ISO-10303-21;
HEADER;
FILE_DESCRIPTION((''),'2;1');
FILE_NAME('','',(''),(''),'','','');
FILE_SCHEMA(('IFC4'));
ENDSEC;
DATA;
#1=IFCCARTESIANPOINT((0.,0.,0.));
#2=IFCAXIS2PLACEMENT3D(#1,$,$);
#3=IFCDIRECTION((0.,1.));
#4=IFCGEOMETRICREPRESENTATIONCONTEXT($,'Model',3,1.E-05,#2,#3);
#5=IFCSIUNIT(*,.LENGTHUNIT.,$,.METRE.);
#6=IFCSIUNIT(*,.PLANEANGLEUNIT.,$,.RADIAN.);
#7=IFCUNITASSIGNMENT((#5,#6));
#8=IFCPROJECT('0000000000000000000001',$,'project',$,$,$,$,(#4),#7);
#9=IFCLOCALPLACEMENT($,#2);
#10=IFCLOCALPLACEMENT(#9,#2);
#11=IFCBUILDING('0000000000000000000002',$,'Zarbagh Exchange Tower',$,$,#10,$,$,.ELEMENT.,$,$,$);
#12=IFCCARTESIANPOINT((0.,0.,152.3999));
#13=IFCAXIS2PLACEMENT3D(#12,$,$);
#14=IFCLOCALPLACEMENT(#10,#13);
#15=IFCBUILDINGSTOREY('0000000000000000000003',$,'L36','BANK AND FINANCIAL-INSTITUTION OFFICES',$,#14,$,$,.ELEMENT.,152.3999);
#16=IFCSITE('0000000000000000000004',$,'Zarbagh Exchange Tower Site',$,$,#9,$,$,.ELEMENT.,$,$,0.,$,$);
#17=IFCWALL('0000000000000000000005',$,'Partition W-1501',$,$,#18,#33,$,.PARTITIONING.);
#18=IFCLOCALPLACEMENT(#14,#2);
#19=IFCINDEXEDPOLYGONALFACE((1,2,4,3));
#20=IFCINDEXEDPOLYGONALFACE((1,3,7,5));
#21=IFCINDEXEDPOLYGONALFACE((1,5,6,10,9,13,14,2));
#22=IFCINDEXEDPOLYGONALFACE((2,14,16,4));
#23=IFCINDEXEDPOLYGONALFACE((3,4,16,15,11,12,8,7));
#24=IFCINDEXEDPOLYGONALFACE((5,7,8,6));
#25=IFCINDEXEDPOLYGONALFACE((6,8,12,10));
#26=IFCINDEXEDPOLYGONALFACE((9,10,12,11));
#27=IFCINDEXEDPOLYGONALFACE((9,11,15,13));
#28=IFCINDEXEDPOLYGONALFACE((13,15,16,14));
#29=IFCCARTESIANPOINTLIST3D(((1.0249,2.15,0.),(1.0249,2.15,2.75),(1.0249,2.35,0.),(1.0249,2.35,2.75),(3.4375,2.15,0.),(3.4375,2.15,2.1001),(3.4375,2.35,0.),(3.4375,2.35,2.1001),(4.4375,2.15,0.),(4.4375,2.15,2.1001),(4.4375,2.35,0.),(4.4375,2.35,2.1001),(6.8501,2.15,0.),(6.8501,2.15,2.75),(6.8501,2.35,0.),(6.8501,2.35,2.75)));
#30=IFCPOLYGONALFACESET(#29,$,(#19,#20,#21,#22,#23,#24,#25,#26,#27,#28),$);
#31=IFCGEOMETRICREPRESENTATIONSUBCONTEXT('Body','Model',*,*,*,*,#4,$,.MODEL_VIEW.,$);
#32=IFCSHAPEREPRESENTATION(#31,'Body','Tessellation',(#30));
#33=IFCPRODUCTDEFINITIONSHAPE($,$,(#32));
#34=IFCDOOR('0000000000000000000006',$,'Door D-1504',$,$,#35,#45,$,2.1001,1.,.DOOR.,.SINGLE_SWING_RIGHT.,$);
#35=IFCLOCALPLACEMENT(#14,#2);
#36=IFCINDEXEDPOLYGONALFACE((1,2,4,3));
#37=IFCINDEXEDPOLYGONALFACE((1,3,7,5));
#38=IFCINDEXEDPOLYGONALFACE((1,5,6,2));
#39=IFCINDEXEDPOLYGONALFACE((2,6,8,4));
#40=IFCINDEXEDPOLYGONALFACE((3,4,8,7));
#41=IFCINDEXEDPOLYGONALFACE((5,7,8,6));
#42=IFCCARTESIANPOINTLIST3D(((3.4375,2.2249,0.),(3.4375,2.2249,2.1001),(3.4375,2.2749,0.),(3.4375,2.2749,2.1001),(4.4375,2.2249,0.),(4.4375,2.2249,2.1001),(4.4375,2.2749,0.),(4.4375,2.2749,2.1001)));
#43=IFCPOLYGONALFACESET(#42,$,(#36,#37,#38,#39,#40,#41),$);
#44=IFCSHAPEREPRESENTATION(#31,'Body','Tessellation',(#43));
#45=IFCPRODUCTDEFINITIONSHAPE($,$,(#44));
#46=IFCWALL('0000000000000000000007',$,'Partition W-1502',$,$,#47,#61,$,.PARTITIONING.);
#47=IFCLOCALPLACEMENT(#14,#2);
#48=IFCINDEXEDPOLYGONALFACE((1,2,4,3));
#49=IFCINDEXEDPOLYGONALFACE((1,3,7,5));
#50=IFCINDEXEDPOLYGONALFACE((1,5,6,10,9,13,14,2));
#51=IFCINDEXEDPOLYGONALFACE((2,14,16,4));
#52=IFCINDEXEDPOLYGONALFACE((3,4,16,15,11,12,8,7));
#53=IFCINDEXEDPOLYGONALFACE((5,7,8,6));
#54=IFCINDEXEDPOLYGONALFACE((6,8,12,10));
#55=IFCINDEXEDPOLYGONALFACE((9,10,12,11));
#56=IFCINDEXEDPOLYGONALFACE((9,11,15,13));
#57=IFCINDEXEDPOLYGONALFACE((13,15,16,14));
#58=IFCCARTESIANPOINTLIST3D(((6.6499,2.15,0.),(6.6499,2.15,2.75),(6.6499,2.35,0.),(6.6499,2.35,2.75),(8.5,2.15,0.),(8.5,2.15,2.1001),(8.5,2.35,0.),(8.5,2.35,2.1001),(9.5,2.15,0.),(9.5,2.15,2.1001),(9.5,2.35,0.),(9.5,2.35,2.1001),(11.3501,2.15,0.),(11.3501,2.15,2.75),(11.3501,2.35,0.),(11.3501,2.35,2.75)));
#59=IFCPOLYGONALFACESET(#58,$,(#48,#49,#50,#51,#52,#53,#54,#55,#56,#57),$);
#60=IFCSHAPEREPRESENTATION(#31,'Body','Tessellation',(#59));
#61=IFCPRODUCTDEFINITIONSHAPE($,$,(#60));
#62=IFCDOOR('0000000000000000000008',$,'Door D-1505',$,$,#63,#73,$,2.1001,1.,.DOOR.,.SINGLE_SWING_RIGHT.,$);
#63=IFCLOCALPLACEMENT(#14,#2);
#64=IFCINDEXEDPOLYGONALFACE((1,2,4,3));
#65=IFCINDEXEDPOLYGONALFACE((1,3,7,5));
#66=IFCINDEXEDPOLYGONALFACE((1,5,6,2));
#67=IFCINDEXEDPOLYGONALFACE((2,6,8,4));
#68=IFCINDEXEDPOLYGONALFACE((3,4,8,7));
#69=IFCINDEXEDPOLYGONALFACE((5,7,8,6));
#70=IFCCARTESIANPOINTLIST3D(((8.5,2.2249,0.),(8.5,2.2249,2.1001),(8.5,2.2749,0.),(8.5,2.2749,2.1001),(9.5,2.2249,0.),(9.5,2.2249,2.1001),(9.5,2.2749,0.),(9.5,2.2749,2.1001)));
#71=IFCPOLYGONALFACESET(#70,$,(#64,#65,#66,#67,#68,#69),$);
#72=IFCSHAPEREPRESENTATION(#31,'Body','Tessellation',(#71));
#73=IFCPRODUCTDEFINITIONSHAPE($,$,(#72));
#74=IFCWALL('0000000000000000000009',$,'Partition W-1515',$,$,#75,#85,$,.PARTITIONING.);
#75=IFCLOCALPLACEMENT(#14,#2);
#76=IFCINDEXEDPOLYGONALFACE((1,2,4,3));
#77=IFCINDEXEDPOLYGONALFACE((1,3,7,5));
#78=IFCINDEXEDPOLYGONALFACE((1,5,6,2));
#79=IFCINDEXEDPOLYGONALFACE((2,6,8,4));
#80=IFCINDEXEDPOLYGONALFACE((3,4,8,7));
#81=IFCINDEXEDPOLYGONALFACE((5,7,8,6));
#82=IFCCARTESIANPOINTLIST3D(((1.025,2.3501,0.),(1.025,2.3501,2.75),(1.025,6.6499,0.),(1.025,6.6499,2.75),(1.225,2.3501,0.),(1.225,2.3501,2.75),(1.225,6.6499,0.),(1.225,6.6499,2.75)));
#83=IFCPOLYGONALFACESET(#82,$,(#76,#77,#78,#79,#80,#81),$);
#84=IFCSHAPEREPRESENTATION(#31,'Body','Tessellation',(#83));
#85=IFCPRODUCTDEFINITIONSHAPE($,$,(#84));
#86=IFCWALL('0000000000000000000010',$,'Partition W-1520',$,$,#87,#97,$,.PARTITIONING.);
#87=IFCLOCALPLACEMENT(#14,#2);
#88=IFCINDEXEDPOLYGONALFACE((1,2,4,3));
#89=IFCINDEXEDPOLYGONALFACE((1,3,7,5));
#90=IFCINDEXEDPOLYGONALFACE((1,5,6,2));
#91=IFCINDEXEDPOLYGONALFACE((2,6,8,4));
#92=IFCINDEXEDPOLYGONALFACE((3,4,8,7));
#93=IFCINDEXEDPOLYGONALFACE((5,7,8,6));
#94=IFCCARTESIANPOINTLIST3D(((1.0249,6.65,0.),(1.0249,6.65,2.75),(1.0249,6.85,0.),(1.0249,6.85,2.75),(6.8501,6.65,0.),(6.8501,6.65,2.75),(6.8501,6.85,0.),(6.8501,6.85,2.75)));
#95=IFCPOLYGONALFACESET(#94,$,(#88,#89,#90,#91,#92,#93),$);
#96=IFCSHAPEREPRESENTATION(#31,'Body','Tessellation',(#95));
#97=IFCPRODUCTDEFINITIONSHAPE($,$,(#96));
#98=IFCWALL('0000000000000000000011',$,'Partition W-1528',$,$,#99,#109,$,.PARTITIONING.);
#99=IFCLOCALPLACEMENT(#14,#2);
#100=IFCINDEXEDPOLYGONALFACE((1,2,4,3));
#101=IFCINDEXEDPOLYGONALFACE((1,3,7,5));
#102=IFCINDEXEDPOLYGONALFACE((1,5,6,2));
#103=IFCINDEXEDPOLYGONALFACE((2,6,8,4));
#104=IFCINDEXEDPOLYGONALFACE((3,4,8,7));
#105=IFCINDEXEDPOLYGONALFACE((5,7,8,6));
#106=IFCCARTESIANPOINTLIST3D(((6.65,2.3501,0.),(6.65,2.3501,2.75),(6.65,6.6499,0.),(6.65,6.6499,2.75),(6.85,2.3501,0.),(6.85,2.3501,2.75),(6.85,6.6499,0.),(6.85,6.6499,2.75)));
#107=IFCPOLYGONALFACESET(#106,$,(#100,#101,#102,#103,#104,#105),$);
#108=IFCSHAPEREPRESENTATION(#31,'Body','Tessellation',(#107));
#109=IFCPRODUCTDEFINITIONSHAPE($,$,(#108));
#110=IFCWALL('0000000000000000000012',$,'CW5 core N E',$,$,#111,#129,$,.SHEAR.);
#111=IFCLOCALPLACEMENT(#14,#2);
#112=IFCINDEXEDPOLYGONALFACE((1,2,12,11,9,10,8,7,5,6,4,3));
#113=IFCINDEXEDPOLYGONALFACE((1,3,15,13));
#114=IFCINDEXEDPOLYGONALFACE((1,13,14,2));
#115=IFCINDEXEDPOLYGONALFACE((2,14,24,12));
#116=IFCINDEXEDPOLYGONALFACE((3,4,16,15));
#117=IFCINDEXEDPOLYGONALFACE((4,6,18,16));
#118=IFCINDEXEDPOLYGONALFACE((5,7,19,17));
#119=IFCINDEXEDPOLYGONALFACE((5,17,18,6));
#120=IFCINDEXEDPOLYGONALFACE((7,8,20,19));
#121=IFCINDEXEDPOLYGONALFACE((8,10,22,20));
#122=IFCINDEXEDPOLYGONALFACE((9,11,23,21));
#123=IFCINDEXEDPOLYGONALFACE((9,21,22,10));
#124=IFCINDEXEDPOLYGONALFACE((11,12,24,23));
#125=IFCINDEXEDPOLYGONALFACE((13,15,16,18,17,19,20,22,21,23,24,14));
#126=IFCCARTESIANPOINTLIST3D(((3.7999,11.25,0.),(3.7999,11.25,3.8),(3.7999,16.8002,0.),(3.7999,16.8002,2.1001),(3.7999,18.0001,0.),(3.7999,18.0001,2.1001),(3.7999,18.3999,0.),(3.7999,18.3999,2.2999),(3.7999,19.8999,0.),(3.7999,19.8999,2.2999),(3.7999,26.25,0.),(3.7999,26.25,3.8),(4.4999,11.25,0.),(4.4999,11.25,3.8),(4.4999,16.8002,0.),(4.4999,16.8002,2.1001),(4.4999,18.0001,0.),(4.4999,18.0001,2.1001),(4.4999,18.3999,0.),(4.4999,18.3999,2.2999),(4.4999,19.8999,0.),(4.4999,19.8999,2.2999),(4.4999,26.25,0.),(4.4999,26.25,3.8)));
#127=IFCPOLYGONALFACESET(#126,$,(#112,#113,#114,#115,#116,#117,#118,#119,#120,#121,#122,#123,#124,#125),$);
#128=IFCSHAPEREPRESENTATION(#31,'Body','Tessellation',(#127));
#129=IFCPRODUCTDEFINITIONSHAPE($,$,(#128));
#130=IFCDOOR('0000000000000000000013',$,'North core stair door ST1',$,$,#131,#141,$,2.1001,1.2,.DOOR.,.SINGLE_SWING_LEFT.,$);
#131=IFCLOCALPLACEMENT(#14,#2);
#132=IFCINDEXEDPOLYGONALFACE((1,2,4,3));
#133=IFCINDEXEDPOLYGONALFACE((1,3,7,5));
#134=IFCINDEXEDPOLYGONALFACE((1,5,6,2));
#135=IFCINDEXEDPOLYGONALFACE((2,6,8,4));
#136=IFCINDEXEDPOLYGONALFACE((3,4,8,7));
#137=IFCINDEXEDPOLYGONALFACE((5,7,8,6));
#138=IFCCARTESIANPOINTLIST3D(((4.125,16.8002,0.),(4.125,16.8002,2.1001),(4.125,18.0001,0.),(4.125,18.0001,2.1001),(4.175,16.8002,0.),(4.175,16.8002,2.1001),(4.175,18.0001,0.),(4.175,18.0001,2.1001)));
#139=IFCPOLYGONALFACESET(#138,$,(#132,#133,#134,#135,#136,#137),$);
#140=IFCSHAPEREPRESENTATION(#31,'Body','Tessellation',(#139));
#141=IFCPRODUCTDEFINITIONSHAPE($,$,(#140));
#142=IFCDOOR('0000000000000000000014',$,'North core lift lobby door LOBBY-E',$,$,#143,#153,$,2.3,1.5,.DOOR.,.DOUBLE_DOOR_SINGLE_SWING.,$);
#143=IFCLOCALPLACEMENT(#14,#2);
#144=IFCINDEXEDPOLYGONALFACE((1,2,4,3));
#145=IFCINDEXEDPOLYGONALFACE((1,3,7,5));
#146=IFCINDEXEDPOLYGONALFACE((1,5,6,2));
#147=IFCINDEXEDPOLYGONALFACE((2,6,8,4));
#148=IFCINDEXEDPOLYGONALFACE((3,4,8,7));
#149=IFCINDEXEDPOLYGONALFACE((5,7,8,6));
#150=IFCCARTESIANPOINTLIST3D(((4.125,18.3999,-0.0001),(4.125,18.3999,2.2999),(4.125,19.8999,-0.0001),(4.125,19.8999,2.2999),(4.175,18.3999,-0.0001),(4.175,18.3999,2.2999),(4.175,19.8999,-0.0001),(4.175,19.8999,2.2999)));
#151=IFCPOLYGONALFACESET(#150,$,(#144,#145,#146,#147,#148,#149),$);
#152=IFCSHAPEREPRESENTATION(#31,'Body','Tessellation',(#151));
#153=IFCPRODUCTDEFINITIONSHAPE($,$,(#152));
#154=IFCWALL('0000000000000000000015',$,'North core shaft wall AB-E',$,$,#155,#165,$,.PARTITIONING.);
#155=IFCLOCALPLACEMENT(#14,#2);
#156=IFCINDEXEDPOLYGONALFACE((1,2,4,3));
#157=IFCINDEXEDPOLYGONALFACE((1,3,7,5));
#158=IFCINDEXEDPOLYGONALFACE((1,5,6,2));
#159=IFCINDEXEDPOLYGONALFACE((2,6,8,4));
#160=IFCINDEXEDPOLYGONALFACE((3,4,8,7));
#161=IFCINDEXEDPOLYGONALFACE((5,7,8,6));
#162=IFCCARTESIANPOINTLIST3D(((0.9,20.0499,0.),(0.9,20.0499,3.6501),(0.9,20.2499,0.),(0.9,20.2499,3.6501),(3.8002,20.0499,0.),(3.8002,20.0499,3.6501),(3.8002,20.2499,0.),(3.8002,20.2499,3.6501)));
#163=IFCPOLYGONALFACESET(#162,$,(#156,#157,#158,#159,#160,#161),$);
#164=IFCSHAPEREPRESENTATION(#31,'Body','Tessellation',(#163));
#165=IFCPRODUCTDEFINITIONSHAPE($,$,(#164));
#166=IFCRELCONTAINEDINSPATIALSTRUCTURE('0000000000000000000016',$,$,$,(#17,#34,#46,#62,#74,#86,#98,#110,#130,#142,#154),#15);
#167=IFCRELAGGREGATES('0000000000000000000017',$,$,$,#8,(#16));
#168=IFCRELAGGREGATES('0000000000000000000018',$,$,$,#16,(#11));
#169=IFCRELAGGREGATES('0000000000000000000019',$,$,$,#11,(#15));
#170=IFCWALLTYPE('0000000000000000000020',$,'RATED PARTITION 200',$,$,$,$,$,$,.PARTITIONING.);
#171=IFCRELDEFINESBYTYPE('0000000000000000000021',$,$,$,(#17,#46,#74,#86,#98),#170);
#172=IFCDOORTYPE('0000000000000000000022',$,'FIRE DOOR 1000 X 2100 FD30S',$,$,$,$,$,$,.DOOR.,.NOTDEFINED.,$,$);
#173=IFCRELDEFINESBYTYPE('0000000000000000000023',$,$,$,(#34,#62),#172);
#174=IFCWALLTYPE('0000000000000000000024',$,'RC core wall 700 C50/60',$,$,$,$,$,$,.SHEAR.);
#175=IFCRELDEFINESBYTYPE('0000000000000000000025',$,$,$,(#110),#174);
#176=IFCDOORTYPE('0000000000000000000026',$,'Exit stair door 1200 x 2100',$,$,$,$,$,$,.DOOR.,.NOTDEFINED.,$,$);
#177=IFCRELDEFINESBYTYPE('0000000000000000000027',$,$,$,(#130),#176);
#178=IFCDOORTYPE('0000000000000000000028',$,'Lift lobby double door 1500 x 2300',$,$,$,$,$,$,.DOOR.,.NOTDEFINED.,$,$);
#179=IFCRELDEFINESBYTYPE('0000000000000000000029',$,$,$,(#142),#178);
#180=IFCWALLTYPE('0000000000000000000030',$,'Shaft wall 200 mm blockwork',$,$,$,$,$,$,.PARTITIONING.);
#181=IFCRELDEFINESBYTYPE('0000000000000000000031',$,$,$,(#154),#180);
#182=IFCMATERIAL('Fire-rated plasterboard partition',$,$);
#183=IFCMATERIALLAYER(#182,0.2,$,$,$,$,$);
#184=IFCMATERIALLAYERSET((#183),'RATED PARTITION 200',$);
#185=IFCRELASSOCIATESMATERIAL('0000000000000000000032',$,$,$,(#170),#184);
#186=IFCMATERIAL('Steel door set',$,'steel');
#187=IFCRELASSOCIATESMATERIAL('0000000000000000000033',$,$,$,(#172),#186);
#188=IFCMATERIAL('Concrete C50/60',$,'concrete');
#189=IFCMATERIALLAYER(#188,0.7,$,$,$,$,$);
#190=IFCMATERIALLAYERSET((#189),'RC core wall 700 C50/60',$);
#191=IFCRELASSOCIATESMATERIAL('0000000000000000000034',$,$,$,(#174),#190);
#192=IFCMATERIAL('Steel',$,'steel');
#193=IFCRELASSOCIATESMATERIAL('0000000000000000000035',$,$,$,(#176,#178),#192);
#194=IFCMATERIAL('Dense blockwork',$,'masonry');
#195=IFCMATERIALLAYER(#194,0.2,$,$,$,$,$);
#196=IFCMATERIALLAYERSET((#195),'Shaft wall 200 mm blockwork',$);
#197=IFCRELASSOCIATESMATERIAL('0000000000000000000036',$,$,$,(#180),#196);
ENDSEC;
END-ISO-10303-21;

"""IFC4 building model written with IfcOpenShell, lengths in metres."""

from ifc_helpers import new_model, si_unit, direction, frame, frame_2d, origin, place, context, subcontext, project, spatial, rectangle, extrude, material, layer, layer_set, type_object, element, fill, save


model = new_model("IFC4")

# Units and contexts
model_context = context("Model", 3, precision=1e-05, world=origin(), true_north=direction((0.0, 1.0)))
body_context = subcontext(model_context, "Body", "Model", "MODEL_VIEW")
ifc_project = project(units=[si_unit("LENGTHUNIT", "METRE"), si_unit("PLANEANGLEUNIT", "RADIAN")], contexts=[model_context])

# Site, building, storey
site_placement = place(None, origin())
site = spatial("IfcSite", under=ifc_project, at=site_placement, Name="Zarbagh Exchange Tower Site", CompositionType="ELEMENT", RefElevation=0.0)
building_placement = place(site_placement, origin())
building = spatial("IfcBuilding", under=site, at=building_placement, Name="Zarbagh Exchange Tower", CompositionType="ELEMENT")
storey_placement = place(building_placement, frame((0.0, 0.0, 152.3999)))
storey = spatial("IfcBuildingStorey", under=building, at=storey_placement, Name="L36", Description="BANK AND FINANCIAL-INSTITUTION OFFICES", CompositionType="ELEMENT", Elevation=152.3999)

# Shared definitions
ifc_material_1 = material(Name="Concrete C50/60", Category="concrete")

# Shared definitions
ifc_material_2 = material(Name="Dense blockwork", Category="masonry")

# Walls, openings, doors
ifc_material_3 = material(Name="Fire-rated plasterboard partition")
ifc_layer_1 = layer(ifc_material_3, 0.2)
ifc_layer_set_1 = layer_set([ifc_layer_1], Name="RATED PARTITION 200")
wall_type_1 = type_object("IfcWallType", Name="RATED PARTITION 200", PredefinedType="PARTITIONING", material=ifc_layer_set_1)
wall_1_placement = place(storey_placement, frame((1.0249, 2.25, 0.0), z_axis=(0.0, 0.0, 1.0), x_axis=(1.0, 0.0, 0.0)))
wall_1 = element("IfcWall", 1, at=wall_1_placement, inside=storey, type_object=wall_type_1, Name="Partition W-1501", PredefinedType="PARTITIONING", context=body_context, shape_type="SweptSolid", body=[
    extrude(rectangle(XDim=5.8252, YDim=0.2, at=frame_2d((2.9126, 0.0))), origin(), (0.0, 0.0, 1.0), 2.75),
])
opening_1_placement = place(wall_1_placement, frame((2.4126, 0.0, 0.0)))
opening_1 = element("IfcOpeningElement", 2, at=opening_1_placement, cuts=wall_1, PredefinedType="OPENING", context=body_context, shape_type="SweptSolid", body=[
    extrude(rectangle(XDim=1.0, YDim=2.1001, at=frame_2d((0.5, 1.05))), frame((0.0, 0.1099, 0.0), z_axis=(0.0, -1.0, 0.0), x_axis=(1.0, 0.0, 0.0)), (0.0, 0.0, 1.0), 0.22),
])
ifc_material_4 = material(Name="Steel door set", Category="steel")
door_type_1 = type_object("IfcDoorType", Name="FIRE DOOR 1000 X 2100 FD30S", OperationType="NOTDEFINED", PredefinedType="DOOR", material=ifc_material_4)
door_1_placement = place(opening_1_placement, origin())
door_1 = element("IfcDoor", 3, at=door_1_placement, inside=storey, type_object=door_type_1, Name="Door D-1504", OperationType="SINGLE_SWING_RIGHT", OverallHeight=2.1001, OverallWidth=1.0, PredefinedType="DOOR", context=body_context, shape_type="SweptSolid", body=[
    extrude(rectangle(XDim=1.0, YDim=2.1001, at=frame_2d((0.5, 1.05))), frame((0.0, 0.0249, 0.0), z_axis=(0.0, -1.0, 0.0), x_axis=(1.0, 0.0, 0.0)), (0.0, 0.0, 1.0), 0.05),
])
fill(opening_1, door_1)
wall_2_placement = place(storey_placement, frame((6.6499, 2.25, 0.0), z_axis=(0.0, 0.0, 1.0), x_axis=(1.0, 0.0, 0.0)))
wall_2 = element("IfcWall", 4, at=wall_2_placement, inside=storey, type_object=wall_type_1, Name="Partition W-1502", PredefinedType="PARTITIONING", context=body_context, shape_type="SweptSolid", body=[
    extrude(rectangle(XDim=4.7002, YDim=0.2, at=frame_2d((2.3501, 0.0))), origin(), (0.0, 0.0, 1.0), 2.75),
])
opening_2_placement = place(wall_2_placement, frame((1.8501, 0.0, 0.0)))
opening_2 = element("IfcOpeningElement", 5, at=opening_2_placement, cuts=wall_2, PredefinedType="OPENING", context=body_context, shape_type="SweptSolid", body=[
    extrude(rectangle(XDim=1.0, YDim=2.1001, at=frame_2d((0.5, 1.05))), frame((0.0, 0.1099, 0.0), z_axis=(0.0, -1.0, 0.0), x_axis=(1.0, 0.0, 0.0)), (0.0, 0.0, 1.0), 0.22),
])
door_2_placement = place(opening_2_placement, origin())
door_2 = element("IfcDoor", 6, at=door_2_placement, inside=storey, type_object=door_type_1, Name="Door D-1505", OperationType="SINGLE_SWING_RIGHT", OverallHeight=2.1001, OverallWidth=1.0, PredefinedType="DOOR", context=body_context, shape_type="SweptSolid", body=[
    extrude(rectangle(XDim=1.0, YDim=2.1001, at=frame_2d((0.5, 1.05))), frame((0.0, 0.0249, 0.0), z_axis=(0.0, -1.0, 0.0), x_axis=(1.0, 0.0, 0.0)), (0.0, 0.0, 1.0), 0.05),
])
fill(opening_2, door_2)

# Walls
wall_3_placement = place(storey_placement, frame((1.125, 2.3501, 0.0), z_axis=(0.0, 0.0, 1.0), x_axis=(0.0, 1.0, 0.0)))
element("IfcWall", 7, at=wall_3_placement, inside=storey, type_object=wall_type_1, Name="Partition W-1515", PredefinedType="PARTITIONING", context=body_context, shape_type="SweptSolid", body=[
    extrude(rectangle(XDim=4.2998, YDim=0.2, at=frame_2d((2.1499, 0.0))), origin(), (0.0, 0.0, 1.0), 2.75),
])
wall_4_placement = place(storey_placement, frame((1.0249, 6.75, 0.0), z_axis=(0.0, 0.0, 1.0), x_axis=(1.0, 0.0, 0.0)))
element("IfcWall", 8, at=wall_4_placement, inside=storey, type_object=wall_type_1, Name="Partition W-1520", PredefinedType="PARTITIONING", context=body_context, shape_type="SweptSolid", body=[
    extrude(rectangle(XDim=5.8252, YDim=0.2, at=frame_2d((2.9126, 0.0))), origin(), (0.0, 0.0, 1.0), 2.75),
])
wall_5_placement = place(storey_placement, frame((6.75, 2.3501, 0.0), z_axis=(0.0, 0.0, 1.0), x_axis=(0.0, 1.0, 0.0)))
element("IfcWall", 9, at=wall_5_placement, inside=storey, type_object=wall_type_1, Name="Partition W-1528", PredefinedType="PARTITIONING", context=body_context, shape_type="SweptSolid", body=[
    extrude(rectangle(XDim=4.2998, YDim=0.2, at=frame_2d((2.1499, 0.0))), origin(), (0.0, 0.0, 1.0), 2.75),
])

# Wall, openings, doors
ifc_layer_2 = layer(ifc_material_1, 0.7)
ifc_layer_set_2 = layer_set([ifc_layer_2], Name="RC core wall 700 C50/60")
wall_type_2 = type_object("IfcWallType", Name="RC core wall 700 C50/60", PredefinedType="SHEAR", material=ifc_layer_set_2)
wall_6_placement = place(storey_placement, frame((4.1499, 11.25, 0.0), z_axis=(0.0, 0.0, 1.0), x_axis=(0.0, 1.0, 0.0)))
wall_6 = element("IfcWall", 10, at=wall_6_placement, inside=storey, type_object=wall_type_2, Name="CW5 core N E", PredefinedType="SHEAR", context=body_context, shape_type="SweptSolid", body=[
    extrude(rectangle(XDim=15.0, YDim=0.7, at=frame_2d((7.5, 0.0))), origin(), (0.0, 0.0, 1.0), 3.8),
])
opening_3_placement = place(wall_6_placement, frame((7.1499, 0.0, 0.0)))
opening_3 = element("IfcOpeningElement", 11, at=opening_3_placement, cuts=wall_6, PredefinedType="OPENING", context=body_context, shape_type="SweptSolid", body=[
    extrude(rectangle(XDim=1.5, YDim=2.3, at=frame_2d((0.75, 1.1499))), frame((0.0, 0.3599, 0.0), z_axis=(0.0, -1.0, 0.0), x_axis=(1.0, 0.0, 0.0)), (0.0, 0.0, 1.0), 0.72),
])
opening_4_placement = place(wall_6_placement, frame((5.55, 0.0, 0.0)))
opening_4 = element("IfcOpeningElement", 12, at=opening_4_placement, cuts=wall_6, PredefinedType="OPENING", context=body_context, shape_type="SweptSolid", body=[
    extrude(rectangle(XDim=1.2, YDim=2.1001, at=frame_2d((0.6001, 1.05))), frame((0.0, 0.3599, 0.0), z_axis=(0.0, -1.0, 0.0), x_axis=(1.0, 0.0, 0.0)), (0.0, 0.0, 1.0), 0.72),
])
ifc_material_5 = material(Name="Steel", Category="steel")
door_type_2 = type_object("IfcDoorType", Name="Exit stair door 1200 x 2100", OperationType="NOTDEFINED", PredefinedType="DOOR", material=ifc_material_5)
door_3_placement = place(opening_4_placement, origin())
door_3 = element("IfcDoor", 13, at=door_3_placement, inside=storey, type_object=door_type_2, Name="North core stair door ST1", OperationType="SINGLE_SWING_LEFT", OverallHeight=2.1001, OverallWidth=1.2, PredefinedType="DOOR", context=body_context, shape_type="SweptSolid", body=[
    extrude(rectangle(XDim=1.2, YDim=2.1001, at=frame_2d((0.6001, 1.05))), frame((0.0, 0.0249, 0.0), z_axis=(0.0, -1.0, 0.0), x_axis=(1.0, 0.0, 0.0)), (0.0, 0.0, 1.0), 0.05),
])
fill(opening_4, door_3)
door_type_3 = type_object("IfcDoorType", Name="Lift lobby double door 1500 x 2300", OperationType="NOTDEFINED", PredefinedType="DOOR", material=ifc_material_5)
door_4_placement = place(opening_3_placement, origin())
door_4 = element("IfcDoor", 14, at=door_4_placement, inside=storey, type_object=door_type_3, Name="North core lift lobby door LOBBY-E", OperationType="DOUBLE_DOOR_SINGLE_SWING", OverallHeight=2.3, OverallWidth=1.5, PredefinedType="DOOR", context=body_context, shape_type="SweptSolid", body=[
    extrude(rectangle(XDim=1.5, YDim=2.3, at=frame_2d((0.75, 1.1499))), frame((0.0, 0.0249, 0.0), z_axis=(0.0, -1.0, 0.0), x_axis=(1.0, 0.0, 0.0)), (0.0, 0.0, 1.0), 0.05),
])
fill(opening_3, door_4)

# Wall
ifc_layer_3 = layer(ifc_material_2, 0.2)
ifc_layer_set_3 = layer_set([ifc_layer_3], Name="Shaft wall 200 mm blockwork")
wall_type_3 = type_object("IfcWallType", Name="Shaft wall 200 mm blockwork", PredefinedType="PARTITIONING", material=ifc_layer_set_3)
wall_7_placement = place(storey_placement, frame((0.8999, 20.1499, 0.0), z_axis=(0.0, 0.0, 1.0), x_axis=(1.0, 0.0, 0.0)))
element("IfcWall", 15, at=wall_7_placement, inside=storey, type_object=wall_type_3, Name="North core shaft wall AB-E", PredefinedType="PARTITIONING", context=body_context, shape_type="SweptSolid", body=[
    extrude(rectangle(XDim=2.9001, YDim=0.2, at=frame_2d((1.4502, 0.0))), origin(), (0.0, 0.0, 1.0), 3.6501),
])

save(model, "model.ifc")
